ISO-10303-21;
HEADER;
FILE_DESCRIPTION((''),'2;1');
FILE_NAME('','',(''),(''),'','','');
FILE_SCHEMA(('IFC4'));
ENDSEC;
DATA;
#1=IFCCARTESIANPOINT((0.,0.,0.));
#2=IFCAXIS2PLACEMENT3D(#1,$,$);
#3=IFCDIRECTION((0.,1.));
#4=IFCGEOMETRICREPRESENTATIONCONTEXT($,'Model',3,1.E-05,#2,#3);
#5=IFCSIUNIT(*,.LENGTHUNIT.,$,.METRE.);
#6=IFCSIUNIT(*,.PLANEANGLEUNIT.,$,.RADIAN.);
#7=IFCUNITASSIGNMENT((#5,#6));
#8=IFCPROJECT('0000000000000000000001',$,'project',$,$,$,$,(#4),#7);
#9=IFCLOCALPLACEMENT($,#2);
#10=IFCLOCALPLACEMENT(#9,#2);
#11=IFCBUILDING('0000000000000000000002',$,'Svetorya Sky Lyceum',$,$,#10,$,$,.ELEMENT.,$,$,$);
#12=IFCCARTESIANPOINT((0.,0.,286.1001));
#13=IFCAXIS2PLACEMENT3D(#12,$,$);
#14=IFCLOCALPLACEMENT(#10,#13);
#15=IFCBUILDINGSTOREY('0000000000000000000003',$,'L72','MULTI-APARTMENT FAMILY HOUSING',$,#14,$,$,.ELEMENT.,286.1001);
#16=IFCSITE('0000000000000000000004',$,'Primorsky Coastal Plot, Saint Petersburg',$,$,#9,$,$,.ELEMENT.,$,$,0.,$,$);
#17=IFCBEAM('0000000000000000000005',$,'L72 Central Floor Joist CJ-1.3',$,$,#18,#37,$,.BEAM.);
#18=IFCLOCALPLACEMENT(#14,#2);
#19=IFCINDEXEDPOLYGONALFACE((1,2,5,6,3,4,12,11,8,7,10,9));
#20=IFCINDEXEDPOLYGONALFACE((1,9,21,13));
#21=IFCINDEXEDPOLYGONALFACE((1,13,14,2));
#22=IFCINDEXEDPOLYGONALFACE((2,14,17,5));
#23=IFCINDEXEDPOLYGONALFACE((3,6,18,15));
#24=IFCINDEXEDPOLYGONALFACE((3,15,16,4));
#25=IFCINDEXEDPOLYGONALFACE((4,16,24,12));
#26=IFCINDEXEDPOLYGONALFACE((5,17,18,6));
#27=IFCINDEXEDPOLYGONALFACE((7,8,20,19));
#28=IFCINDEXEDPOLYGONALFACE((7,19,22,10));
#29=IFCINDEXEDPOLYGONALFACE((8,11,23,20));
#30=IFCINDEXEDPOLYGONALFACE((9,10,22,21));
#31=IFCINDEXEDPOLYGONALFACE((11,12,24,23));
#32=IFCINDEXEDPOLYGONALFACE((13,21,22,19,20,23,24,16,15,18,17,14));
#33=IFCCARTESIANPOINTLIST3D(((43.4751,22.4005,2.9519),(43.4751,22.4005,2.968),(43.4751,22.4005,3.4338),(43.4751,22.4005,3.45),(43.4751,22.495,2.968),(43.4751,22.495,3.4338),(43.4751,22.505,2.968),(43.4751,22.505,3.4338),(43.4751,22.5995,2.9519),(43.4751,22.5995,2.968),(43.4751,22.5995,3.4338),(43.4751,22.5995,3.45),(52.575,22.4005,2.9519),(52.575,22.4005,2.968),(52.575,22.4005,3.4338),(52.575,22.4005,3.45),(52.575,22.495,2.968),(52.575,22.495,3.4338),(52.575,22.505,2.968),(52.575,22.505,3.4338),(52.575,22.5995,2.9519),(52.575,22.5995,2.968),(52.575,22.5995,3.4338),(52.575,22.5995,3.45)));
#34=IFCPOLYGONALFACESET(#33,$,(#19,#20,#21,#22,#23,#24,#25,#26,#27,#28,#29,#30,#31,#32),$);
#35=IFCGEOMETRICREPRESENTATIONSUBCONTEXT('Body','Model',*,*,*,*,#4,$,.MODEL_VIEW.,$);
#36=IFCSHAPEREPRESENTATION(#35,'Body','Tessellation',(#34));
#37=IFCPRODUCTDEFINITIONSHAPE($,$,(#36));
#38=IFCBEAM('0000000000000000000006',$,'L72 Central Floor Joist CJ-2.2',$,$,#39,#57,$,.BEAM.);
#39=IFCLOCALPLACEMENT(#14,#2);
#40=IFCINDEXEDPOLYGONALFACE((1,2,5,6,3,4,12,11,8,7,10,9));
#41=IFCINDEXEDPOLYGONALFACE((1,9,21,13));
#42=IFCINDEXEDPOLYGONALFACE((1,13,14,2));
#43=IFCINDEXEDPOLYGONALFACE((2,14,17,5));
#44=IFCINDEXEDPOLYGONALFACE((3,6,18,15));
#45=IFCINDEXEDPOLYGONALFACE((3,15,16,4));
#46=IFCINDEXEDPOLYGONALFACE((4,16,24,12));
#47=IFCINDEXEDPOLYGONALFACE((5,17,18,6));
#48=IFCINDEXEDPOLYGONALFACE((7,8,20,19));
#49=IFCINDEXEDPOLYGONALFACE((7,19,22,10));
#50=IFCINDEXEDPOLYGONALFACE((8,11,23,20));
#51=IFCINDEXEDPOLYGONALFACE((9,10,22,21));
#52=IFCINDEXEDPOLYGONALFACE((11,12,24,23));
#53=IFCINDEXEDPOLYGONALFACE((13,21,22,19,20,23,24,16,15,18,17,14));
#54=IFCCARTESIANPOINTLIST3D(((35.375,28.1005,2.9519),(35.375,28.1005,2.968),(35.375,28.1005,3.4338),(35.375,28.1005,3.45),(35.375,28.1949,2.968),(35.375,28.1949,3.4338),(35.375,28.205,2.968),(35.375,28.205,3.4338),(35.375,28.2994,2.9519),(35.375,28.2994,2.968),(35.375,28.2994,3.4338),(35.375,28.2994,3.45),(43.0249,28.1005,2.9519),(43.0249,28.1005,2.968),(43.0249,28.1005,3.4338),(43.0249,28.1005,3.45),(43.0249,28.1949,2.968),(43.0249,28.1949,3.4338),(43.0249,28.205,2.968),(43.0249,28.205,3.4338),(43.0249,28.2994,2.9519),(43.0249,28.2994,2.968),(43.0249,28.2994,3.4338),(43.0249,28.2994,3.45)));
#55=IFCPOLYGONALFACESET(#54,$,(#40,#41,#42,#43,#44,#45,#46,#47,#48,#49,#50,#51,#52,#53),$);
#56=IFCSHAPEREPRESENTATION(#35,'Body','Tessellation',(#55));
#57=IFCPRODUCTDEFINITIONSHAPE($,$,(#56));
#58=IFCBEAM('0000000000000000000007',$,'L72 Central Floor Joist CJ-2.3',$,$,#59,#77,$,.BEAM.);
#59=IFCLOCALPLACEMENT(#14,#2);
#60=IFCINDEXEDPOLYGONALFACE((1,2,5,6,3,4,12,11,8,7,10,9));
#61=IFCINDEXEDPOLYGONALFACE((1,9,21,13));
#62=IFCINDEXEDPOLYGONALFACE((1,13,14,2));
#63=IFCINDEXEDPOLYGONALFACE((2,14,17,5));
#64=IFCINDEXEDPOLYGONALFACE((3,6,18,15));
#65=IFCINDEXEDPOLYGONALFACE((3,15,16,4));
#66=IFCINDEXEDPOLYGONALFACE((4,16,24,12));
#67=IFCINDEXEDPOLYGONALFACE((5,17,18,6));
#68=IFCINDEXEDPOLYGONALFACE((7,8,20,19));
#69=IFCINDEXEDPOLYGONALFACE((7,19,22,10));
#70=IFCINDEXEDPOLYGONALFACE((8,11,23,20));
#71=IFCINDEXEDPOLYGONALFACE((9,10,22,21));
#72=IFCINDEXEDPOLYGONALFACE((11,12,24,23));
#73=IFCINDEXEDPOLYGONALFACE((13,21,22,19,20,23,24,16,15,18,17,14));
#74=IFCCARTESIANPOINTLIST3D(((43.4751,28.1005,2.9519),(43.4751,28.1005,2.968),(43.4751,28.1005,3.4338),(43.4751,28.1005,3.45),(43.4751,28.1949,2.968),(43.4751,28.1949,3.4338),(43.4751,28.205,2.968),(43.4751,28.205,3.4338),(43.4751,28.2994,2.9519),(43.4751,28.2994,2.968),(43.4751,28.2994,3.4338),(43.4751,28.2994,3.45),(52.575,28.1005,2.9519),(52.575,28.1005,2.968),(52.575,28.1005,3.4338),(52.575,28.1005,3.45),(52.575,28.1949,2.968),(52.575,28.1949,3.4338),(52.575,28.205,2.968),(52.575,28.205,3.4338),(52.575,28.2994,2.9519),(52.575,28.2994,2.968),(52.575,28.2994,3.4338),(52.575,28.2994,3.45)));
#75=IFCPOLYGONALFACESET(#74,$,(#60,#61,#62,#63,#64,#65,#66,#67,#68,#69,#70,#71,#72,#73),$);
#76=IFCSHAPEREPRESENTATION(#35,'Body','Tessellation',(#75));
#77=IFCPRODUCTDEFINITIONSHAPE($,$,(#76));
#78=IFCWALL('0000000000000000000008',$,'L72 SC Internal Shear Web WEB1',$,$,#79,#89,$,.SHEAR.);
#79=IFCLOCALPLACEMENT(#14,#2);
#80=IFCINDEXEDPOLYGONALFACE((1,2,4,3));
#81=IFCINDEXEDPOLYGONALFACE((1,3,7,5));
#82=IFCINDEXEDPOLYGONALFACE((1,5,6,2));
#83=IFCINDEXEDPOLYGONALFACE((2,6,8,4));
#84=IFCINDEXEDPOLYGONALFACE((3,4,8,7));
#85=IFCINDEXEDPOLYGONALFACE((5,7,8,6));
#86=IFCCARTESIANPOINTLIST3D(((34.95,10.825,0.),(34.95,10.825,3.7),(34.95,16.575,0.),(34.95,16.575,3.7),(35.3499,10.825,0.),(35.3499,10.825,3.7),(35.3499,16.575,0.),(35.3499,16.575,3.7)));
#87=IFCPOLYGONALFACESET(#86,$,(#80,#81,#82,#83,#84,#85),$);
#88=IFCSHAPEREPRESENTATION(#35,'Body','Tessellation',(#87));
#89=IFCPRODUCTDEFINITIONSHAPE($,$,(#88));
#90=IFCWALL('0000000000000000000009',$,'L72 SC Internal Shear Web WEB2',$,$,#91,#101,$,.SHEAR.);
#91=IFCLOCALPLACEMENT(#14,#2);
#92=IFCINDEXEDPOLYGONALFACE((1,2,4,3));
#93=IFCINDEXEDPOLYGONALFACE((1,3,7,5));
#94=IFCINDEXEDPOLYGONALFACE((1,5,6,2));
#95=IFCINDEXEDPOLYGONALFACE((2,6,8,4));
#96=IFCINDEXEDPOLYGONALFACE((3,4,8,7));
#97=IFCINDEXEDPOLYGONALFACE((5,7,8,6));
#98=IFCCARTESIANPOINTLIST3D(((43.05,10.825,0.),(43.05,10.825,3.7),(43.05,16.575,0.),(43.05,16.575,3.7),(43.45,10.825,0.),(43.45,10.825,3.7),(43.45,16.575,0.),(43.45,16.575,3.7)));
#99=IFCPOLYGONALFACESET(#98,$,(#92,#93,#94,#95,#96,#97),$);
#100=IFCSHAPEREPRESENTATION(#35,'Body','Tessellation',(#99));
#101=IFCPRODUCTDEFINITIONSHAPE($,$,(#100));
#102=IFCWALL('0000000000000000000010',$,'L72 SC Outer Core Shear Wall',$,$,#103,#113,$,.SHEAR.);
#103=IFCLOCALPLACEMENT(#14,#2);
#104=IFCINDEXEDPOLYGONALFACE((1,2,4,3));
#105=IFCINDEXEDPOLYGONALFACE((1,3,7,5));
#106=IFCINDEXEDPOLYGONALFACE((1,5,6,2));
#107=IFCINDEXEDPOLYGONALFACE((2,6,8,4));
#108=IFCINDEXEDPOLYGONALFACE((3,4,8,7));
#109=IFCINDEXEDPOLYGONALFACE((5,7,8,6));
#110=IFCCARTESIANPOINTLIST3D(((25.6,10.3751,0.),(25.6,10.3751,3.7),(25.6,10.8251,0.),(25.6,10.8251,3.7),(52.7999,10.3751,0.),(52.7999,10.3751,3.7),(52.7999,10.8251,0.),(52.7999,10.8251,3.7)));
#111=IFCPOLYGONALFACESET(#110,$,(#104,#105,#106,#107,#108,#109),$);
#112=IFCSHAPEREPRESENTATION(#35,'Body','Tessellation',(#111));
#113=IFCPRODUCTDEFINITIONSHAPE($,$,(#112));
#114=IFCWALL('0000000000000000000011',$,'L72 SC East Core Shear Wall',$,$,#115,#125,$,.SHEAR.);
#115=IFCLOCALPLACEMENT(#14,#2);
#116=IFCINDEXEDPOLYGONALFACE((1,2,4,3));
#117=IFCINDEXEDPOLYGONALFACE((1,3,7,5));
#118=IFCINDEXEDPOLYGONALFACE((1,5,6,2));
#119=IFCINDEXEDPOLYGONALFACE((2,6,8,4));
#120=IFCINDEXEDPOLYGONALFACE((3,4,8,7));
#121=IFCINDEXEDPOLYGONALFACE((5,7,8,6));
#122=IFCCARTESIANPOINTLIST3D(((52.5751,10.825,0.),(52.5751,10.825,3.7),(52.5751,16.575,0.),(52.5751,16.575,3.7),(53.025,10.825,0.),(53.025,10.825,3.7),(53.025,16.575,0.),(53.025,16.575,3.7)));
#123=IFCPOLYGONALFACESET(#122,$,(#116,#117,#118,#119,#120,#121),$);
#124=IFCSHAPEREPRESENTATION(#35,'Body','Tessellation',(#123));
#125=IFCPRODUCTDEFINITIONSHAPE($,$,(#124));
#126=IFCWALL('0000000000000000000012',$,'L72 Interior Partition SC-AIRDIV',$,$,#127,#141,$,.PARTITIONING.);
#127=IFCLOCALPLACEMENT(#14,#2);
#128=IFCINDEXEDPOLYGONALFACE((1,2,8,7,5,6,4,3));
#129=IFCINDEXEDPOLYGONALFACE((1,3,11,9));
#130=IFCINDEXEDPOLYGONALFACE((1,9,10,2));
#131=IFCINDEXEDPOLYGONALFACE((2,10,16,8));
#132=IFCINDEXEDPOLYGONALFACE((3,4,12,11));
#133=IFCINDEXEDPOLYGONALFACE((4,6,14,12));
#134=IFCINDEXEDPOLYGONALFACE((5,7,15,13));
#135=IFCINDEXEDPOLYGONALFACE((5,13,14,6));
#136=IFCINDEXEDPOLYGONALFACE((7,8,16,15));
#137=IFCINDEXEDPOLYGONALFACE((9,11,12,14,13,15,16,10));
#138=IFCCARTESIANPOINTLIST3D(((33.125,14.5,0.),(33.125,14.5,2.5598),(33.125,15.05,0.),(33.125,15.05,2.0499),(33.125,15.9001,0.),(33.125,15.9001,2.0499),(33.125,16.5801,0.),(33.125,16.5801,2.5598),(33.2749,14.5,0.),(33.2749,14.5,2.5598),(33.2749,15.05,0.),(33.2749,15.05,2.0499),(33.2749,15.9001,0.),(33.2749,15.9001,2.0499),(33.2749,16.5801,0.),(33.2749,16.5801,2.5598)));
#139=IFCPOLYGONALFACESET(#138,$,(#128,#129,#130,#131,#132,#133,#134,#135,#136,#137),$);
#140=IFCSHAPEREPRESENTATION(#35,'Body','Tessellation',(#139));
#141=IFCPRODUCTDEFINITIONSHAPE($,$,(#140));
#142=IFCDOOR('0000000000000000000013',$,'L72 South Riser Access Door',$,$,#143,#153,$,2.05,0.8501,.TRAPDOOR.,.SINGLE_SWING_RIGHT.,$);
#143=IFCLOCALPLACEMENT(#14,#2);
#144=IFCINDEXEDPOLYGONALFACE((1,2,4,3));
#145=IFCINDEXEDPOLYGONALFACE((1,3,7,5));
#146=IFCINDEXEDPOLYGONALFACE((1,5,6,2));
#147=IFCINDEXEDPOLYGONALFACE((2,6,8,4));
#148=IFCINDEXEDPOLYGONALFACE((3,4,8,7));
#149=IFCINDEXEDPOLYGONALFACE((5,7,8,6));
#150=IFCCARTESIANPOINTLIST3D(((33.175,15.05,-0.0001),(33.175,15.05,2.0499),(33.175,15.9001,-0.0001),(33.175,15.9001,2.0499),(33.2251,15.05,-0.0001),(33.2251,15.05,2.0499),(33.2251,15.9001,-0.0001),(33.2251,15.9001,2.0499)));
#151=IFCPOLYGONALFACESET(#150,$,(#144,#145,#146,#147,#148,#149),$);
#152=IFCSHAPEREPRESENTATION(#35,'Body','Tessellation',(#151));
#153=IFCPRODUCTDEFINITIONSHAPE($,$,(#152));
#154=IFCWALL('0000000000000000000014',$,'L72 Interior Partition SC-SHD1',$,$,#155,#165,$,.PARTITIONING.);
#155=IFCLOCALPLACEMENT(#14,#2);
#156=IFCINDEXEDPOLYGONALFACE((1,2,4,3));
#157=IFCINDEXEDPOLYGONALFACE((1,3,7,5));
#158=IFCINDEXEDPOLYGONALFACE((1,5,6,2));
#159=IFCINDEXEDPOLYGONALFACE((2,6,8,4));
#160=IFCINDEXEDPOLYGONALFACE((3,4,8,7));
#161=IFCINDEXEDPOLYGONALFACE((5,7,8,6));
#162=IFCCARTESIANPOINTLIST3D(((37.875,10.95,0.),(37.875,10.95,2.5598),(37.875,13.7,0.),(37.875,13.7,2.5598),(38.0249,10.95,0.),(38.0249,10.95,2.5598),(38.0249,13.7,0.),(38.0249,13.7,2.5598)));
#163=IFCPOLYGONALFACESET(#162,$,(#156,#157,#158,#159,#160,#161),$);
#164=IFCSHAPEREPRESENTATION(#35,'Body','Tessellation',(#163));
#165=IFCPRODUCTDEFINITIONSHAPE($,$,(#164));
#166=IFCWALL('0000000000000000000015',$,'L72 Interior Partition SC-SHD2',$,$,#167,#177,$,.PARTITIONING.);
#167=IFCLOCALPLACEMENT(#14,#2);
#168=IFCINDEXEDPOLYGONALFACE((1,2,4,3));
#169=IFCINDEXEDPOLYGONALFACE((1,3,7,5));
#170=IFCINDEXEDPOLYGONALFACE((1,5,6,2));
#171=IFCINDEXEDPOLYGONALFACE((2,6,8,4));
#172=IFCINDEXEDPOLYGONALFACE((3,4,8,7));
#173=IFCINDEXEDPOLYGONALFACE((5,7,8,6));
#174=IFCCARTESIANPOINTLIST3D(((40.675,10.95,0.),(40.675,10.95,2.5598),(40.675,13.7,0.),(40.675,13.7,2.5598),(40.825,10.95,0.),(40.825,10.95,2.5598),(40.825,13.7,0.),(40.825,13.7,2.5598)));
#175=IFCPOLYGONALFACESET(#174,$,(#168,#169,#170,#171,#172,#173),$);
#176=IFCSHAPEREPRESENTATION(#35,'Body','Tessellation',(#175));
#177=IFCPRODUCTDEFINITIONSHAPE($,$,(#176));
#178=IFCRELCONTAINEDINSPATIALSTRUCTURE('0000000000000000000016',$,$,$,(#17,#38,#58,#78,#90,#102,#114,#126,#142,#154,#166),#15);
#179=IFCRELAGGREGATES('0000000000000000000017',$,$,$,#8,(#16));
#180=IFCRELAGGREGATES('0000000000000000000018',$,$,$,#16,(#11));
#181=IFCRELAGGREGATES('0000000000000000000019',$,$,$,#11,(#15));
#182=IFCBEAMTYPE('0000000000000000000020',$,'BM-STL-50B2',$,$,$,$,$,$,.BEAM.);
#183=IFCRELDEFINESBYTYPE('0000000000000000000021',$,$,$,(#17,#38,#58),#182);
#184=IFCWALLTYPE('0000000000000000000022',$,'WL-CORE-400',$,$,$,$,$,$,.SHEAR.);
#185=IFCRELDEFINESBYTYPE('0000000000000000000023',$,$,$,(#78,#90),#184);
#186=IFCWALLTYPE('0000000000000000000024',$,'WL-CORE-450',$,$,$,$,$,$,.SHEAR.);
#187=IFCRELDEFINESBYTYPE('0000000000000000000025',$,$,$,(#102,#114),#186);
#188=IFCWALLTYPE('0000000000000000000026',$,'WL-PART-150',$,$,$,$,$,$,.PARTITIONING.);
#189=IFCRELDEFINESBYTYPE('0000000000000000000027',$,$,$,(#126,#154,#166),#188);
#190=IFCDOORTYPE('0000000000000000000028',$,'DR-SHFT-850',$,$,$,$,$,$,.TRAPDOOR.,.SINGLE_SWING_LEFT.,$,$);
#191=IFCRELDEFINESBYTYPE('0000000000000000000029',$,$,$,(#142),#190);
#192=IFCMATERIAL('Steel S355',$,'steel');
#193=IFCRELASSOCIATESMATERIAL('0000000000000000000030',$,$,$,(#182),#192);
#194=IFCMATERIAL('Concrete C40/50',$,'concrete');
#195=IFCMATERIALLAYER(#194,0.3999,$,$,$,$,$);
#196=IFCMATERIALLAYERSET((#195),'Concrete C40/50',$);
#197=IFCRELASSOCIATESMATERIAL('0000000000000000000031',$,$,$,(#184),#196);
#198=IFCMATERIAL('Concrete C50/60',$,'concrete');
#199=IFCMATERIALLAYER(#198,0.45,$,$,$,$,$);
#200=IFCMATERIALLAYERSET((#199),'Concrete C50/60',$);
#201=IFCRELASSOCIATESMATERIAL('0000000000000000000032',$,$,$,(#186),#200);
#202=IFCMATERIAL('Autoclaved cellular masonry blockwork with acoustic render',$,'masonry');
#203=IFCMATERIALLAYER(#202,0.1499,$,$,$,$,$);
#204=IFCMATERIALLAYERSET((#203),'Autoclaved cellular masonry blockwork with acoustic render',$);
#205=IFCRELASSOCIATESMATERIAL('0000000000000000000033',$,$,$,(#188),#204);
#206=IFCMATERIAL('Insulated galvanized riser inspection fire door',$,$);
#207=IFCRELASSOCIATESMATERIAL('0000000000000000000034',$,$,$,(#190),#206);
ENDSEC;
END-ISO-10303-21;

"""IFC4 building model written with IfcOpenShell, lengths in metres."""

from ifc_helpers import new_model, si_unit, direction, frame, frame_2d, origin, origin_2d, place, context, subcontext, project, spatial, rectangle, i_section, extrude, material, layer, layer_set, material_profile, profile_set, type_object, element, fill, save


model = new_model("IFC4")

# Units and contexts
model_context = context("Model", 3, precision=1e-05, world=origin(), true_north=direction((0.0, 1.0)))
body_context = subcontext(model_context, "Body", "Model", "MODEL_VIEW")
ifc_project = project(units=[si_unit("LENGTHUNIT", "METRE"), si_unit("PLANEANGLEUNIT", "RADIAN")], contexts=[model_context])

# Site, building, storey
site_placement = place(None, origin())
site = spatial("IfcSite", under=ifc_project, at=site_placement, Name="Primorsky Coastal Plot, Saint Petersburg", CompositionType="ELEMENT", RefElevation=0.0)
building_placement = place(site_placement, origin())
building = spatial("IfcBuilding", under=site, at=building_placement, Name="Svetorya Sky Lyceum", CompositionType="ELEMENT")
storey_placement = place(building_placement, frame((0.0, 0.0, 286.1001)))
storey = spatial("IfcBuildingStorey", under=building, at=storey_placement, Name="L72", Description="MULTI-APARTMENT FAMILY HOUSING", CompositionType="ELEMENT", Elevation=286.1001)

# Shared definitions
ifc_material_1 = material(Name="Concrete C40/50", Category="concrete")

# Beams
ifc_material_2 = material(Name="Concrete C50/60", Category="concrete")
ifc_material_3 = material(Name="Steel S355", Category="steel")
ifc_material_profile_1 = material_profile(ifc_material_3, i_section(OverallWidth=0.199, OverallDepth=0.498, WebThickness=0.01, FlangeThickness=0.0161, at=origin_2d()), Name="GOST 50B2")
ifc_profile_set_1 = profile_set([ifc_material_profile_1], Name="Steel S355")
beam_type_1 = type_object("IfcBeamType", Name="BM-STL-50B2", PredefinedType="BEAM", material=ifc_profile_set_1)
beam_1_placement = place(storey_placement, frame((43.4751, 22.5, 3.2009), z_axis=(1.0, 0.0, 0.0), x_axis=(0.0, 1.0, 0.0)))
element("IfcBeam", 1, at=beam_1_placement, inside=storey, type_object=beam_type_1, Name="L72 Central Floor Joist CJ-1.3", PredefinedType="BEAM", context=body_context, shape_type="SweptSolid", body=[
    extrude(i_section(OverallWidth=0.199, OverallDepth=0.498, WebThickness=0.01, FlangeThickness=0.0161, at=origin_2d()), origin(), (0.0, 0.0, 1.0), 9.0999),
])
beam_2_placement = place(storey_placement, frame((35.375, 28.2, 3.2009), z_axis=(1.0, 0.0, 0.0), x_axis=(0.0, 1.0, 0.0)))
element("IfcBeam", 2, at=beam_2_placement, inside=storey, type_object=beam_type_1, Name="L72 Central Floor Joist CJ-2.2", PredefinedType="BEAM", context=body_context, shape_type="SweptSolid", body=[
    extrude(i_section(OverallWidth=0.199, OverallDepth=0.498, WebThickness=0.01, FlangeThickness=0.0161, at=origin_2d()), origin(), (0.0, 0.0, 1.0), 7.6499),
])
beam_3_placement = place(storey_placement, frame((43.4751, 28.2, 3.2009), z_axis=(1.0, 0.0, 0.0), x_axis=(0.0, 1.0, 0.0)))
element("IfcBeam", 3, at=beam_3_placement, inside=storey, type_object=beam_type_1, Name="L72 Central Floor Joist CJ-2.3", PredefinedType="BEAM", context=body_context, shape_type="SweptSolid", body=[
    extrude(i_section(OverallWidth=0.199, OverallDepth=0.498, WebThickness=0.01, FlangeThickness=0.0161, at=origin_2d()), origin(), (0.0, 0.0, 1.0), 9.0999),
])

# Walls
ifc_layer_1 = layer(ifc_material_1, 0.3999)
ifc_layer_set_1 = layer_set([ifc_layer_1], Name="Concrete C40/50")
wall_type_1 = type_object("IfcWallType", Name="WL-CORE-400", PredefinedType="SHEAR", material=ifc_layer_set_1)
for number, where, z_axis, x_axis, name in (
    (4, (35.1499, 10.825, 0.0), (0.0, 0.0, 1.0), (0.0, 1.0, 0.0), "L72 SC Internal Shear Web WEB1"),
    (5, (43.25, 10.825, 0.0), (0.0, 0.0, 1.0), (0.0, 1.0, 0.0), "L72 SC Internal Shear Web WEB2"),
):
    element("IfcWall", number, at=place(storey_placement, frame(where, z_axis=z_axis, x_axis=x_axis)), inside=storey, type_object=wall_type_1, Name=name, PredefinedType="SHEAR", context=body_context, shape_type="SweptSolid", body=[
        extrude(rectangle(XDim=5.75, YDim=0.3999, at=frame_2d((2.875, 0.0))), origin(), (0.0, 0.0, 1.0), 3.7),
    ])
ifc_layer_2 = layer(ifc_material_2, 0.45)
ifc_layer_set_2 = layer_set([ifc_layer_2], Name="Concrete C50/60")
wall_type_2 = type_object("IfcWallType", Name="WL-CORE-450", PredefinedType="SHEAR", material=ifc_layer_set_2)
wall_1_placement = place(storey_placement, frame((52.8, 10.6001, 0.0), z_axis=(0.0, 0.0, 1.0), x_axis=(-1.0, 0.0, 0.0)))
element("IfcWall", 6, at=wall_1_placement, inside=storey, type_object=wall_type_2, Name="L72 SC Outer Core Shear Wall", PredefinedType="SHEAR", context=body_context, shape_type="SweptSolid", body=[
    extrude(rectangle(XDim=27.2, YDim=0.45, at=frame_2d((13.6001, 0.0))), origin(), (0.0, 0.0, 1.0), 3.7),
])
wall_2_placement = place(storey_placement, frame((52.8, 10.825, 0.0), z_axis=(0.0, 0.0, 1.0), x_axis=(0.0, 1.0, 0.0)))
element("IfcWall", 7, at=wall_2_placement, inside=storey, type_object=wall_type_2, Name="L72 SC East Core Shear Wall", PredefinedType="SHEAR", context=body_context, shape_type="SweptSolid", body=[
    extrude(rectangle(XDim=5.75, YDim=0.45, at=frame_2d((2.875, 0.0))), origin(), (0.0, 0.0, 1.0), 3.7),
])

# Wall, opening, door
ifc_material_4 = material(Name="Autoclaved cellular masonry blockwork with acoustic render", Category="masonry")
ifc_layer_3 = layer(ifc_material_4, 0.1499)
ifc_layer_set_3 = layer_set([ifc_layer_3], Name="Autoclaved cellular masonry blockwork with acoustic render")
wall_type_3 = type_object("IfcWallType", Name="WL-PART-150", PredefinedType="PARTITIONING", material=ifc_layer_set_3)
wall_3_placement = place(storey_placement, frame((33.2, 14.5, 0.0), z_axis=(0.0, 0.0, 1.0), x_axis=(0.0, 1.0, 0.0)))
wall_3 = element("IfcWall", 8, at=wall_3_placement, inside=storey, type_object=wall_type_3, Name="L72 Interior Partition SC-AIRDIV", PredefinedType="PARTITIONING", context=body_context, shape_type="SweptSolid", body=[
    extrude(rectangle(XDim=2.0801, YDim=0.1499, at=frame_2d((1.04, 0.0))), origin(), (0.0, 0.0, 1.0), 2.5598),
])
opening_1_placement = place(wall_3_placement, frame((0.55, 0.0, 0.0)))
opening_1 = element("IfcOpeningElement", 9, at=opening_1_placement, cuts=wall_3, PredefinedType="OPENING", context=body_context, shape_type="SweptSolid", body=[
    extrude(rectangle(XDim=0.8501, YDim=2.05, at=frame_2d((0.425, 1.0249))), frame((0.0, 0.085, 0.0), z_axis=(0.0, -1.0, 0.0), x_axis=(1.0, 0.0, 0.0)), (0.0, 0.0, 1.0), 0.1699),
])
ifc_material_5 = material(Name="Insulated galvanized riser inspection fire door")
door_type_1 = type_object("IfcDoorType", Name="DR-SHFT-850", OperationType="SINGLE_SWING_LEFT", PredefinedType="TRAPDOOR", material=ifc_material_5)
door_1_placement = place(opening_1_placement, origin())
door_1 = element("IfcDoor", 10, at=door_1_placement, inside=storey, type_object=door_type_1, Name="L72 South Riser Access Door", OperationType="SINGLE_SWING_RIGHT", OverallHeight=2.05, OverallWidth=0.8501, PredefinedType="TRAPDOOR", context=body_context, shape_type="SweptSolid", body=[
    extrude(rectangle(XDim=0.8501, YDim=2.05, at=frame_2d((0.425, 1.0249))), frame((0.0, 0.0249, 0.0), z_axis=(0.0, -1.0, 0.0), x_axis=(1.0, 0.0, 0.0)), (0.0, 0.0, 1.0), 0.05),
])
fill(opening_1, door_1)

# Walls
for number, where, z_axis, x_axis, name in (
    (11, (37.95, 10.95, 0.0), (0.0, 0.0, 1.0), (0.0, 1.0, 0.0), "L72 Interior Partition SC-SHD1"),
    (12, (40.75, 10.95, 0.0), (0.0, 0.0, 1.0), (0.0, 1.0, 0.0), "L72 Interior Partition SC-SHD2"),
):
    element("IfcWall", number, at=place(storey_placement, frame(where, z_axis=z_axis, x_axis=x_axis)), inside=storey, type_object=wall_type_3, Name=name, PredefinedType="PARTITIONING", context=body_context, shape_type="SweptSolid", body=[
        extrude(rectangle(XDim=2.75, YDim=0.1499, at=frame_2d((1.375, 0.0))), origin(), (0.0, 0.0, 1.0), 2.5598),
    ])

save(model, "model.ifc")
